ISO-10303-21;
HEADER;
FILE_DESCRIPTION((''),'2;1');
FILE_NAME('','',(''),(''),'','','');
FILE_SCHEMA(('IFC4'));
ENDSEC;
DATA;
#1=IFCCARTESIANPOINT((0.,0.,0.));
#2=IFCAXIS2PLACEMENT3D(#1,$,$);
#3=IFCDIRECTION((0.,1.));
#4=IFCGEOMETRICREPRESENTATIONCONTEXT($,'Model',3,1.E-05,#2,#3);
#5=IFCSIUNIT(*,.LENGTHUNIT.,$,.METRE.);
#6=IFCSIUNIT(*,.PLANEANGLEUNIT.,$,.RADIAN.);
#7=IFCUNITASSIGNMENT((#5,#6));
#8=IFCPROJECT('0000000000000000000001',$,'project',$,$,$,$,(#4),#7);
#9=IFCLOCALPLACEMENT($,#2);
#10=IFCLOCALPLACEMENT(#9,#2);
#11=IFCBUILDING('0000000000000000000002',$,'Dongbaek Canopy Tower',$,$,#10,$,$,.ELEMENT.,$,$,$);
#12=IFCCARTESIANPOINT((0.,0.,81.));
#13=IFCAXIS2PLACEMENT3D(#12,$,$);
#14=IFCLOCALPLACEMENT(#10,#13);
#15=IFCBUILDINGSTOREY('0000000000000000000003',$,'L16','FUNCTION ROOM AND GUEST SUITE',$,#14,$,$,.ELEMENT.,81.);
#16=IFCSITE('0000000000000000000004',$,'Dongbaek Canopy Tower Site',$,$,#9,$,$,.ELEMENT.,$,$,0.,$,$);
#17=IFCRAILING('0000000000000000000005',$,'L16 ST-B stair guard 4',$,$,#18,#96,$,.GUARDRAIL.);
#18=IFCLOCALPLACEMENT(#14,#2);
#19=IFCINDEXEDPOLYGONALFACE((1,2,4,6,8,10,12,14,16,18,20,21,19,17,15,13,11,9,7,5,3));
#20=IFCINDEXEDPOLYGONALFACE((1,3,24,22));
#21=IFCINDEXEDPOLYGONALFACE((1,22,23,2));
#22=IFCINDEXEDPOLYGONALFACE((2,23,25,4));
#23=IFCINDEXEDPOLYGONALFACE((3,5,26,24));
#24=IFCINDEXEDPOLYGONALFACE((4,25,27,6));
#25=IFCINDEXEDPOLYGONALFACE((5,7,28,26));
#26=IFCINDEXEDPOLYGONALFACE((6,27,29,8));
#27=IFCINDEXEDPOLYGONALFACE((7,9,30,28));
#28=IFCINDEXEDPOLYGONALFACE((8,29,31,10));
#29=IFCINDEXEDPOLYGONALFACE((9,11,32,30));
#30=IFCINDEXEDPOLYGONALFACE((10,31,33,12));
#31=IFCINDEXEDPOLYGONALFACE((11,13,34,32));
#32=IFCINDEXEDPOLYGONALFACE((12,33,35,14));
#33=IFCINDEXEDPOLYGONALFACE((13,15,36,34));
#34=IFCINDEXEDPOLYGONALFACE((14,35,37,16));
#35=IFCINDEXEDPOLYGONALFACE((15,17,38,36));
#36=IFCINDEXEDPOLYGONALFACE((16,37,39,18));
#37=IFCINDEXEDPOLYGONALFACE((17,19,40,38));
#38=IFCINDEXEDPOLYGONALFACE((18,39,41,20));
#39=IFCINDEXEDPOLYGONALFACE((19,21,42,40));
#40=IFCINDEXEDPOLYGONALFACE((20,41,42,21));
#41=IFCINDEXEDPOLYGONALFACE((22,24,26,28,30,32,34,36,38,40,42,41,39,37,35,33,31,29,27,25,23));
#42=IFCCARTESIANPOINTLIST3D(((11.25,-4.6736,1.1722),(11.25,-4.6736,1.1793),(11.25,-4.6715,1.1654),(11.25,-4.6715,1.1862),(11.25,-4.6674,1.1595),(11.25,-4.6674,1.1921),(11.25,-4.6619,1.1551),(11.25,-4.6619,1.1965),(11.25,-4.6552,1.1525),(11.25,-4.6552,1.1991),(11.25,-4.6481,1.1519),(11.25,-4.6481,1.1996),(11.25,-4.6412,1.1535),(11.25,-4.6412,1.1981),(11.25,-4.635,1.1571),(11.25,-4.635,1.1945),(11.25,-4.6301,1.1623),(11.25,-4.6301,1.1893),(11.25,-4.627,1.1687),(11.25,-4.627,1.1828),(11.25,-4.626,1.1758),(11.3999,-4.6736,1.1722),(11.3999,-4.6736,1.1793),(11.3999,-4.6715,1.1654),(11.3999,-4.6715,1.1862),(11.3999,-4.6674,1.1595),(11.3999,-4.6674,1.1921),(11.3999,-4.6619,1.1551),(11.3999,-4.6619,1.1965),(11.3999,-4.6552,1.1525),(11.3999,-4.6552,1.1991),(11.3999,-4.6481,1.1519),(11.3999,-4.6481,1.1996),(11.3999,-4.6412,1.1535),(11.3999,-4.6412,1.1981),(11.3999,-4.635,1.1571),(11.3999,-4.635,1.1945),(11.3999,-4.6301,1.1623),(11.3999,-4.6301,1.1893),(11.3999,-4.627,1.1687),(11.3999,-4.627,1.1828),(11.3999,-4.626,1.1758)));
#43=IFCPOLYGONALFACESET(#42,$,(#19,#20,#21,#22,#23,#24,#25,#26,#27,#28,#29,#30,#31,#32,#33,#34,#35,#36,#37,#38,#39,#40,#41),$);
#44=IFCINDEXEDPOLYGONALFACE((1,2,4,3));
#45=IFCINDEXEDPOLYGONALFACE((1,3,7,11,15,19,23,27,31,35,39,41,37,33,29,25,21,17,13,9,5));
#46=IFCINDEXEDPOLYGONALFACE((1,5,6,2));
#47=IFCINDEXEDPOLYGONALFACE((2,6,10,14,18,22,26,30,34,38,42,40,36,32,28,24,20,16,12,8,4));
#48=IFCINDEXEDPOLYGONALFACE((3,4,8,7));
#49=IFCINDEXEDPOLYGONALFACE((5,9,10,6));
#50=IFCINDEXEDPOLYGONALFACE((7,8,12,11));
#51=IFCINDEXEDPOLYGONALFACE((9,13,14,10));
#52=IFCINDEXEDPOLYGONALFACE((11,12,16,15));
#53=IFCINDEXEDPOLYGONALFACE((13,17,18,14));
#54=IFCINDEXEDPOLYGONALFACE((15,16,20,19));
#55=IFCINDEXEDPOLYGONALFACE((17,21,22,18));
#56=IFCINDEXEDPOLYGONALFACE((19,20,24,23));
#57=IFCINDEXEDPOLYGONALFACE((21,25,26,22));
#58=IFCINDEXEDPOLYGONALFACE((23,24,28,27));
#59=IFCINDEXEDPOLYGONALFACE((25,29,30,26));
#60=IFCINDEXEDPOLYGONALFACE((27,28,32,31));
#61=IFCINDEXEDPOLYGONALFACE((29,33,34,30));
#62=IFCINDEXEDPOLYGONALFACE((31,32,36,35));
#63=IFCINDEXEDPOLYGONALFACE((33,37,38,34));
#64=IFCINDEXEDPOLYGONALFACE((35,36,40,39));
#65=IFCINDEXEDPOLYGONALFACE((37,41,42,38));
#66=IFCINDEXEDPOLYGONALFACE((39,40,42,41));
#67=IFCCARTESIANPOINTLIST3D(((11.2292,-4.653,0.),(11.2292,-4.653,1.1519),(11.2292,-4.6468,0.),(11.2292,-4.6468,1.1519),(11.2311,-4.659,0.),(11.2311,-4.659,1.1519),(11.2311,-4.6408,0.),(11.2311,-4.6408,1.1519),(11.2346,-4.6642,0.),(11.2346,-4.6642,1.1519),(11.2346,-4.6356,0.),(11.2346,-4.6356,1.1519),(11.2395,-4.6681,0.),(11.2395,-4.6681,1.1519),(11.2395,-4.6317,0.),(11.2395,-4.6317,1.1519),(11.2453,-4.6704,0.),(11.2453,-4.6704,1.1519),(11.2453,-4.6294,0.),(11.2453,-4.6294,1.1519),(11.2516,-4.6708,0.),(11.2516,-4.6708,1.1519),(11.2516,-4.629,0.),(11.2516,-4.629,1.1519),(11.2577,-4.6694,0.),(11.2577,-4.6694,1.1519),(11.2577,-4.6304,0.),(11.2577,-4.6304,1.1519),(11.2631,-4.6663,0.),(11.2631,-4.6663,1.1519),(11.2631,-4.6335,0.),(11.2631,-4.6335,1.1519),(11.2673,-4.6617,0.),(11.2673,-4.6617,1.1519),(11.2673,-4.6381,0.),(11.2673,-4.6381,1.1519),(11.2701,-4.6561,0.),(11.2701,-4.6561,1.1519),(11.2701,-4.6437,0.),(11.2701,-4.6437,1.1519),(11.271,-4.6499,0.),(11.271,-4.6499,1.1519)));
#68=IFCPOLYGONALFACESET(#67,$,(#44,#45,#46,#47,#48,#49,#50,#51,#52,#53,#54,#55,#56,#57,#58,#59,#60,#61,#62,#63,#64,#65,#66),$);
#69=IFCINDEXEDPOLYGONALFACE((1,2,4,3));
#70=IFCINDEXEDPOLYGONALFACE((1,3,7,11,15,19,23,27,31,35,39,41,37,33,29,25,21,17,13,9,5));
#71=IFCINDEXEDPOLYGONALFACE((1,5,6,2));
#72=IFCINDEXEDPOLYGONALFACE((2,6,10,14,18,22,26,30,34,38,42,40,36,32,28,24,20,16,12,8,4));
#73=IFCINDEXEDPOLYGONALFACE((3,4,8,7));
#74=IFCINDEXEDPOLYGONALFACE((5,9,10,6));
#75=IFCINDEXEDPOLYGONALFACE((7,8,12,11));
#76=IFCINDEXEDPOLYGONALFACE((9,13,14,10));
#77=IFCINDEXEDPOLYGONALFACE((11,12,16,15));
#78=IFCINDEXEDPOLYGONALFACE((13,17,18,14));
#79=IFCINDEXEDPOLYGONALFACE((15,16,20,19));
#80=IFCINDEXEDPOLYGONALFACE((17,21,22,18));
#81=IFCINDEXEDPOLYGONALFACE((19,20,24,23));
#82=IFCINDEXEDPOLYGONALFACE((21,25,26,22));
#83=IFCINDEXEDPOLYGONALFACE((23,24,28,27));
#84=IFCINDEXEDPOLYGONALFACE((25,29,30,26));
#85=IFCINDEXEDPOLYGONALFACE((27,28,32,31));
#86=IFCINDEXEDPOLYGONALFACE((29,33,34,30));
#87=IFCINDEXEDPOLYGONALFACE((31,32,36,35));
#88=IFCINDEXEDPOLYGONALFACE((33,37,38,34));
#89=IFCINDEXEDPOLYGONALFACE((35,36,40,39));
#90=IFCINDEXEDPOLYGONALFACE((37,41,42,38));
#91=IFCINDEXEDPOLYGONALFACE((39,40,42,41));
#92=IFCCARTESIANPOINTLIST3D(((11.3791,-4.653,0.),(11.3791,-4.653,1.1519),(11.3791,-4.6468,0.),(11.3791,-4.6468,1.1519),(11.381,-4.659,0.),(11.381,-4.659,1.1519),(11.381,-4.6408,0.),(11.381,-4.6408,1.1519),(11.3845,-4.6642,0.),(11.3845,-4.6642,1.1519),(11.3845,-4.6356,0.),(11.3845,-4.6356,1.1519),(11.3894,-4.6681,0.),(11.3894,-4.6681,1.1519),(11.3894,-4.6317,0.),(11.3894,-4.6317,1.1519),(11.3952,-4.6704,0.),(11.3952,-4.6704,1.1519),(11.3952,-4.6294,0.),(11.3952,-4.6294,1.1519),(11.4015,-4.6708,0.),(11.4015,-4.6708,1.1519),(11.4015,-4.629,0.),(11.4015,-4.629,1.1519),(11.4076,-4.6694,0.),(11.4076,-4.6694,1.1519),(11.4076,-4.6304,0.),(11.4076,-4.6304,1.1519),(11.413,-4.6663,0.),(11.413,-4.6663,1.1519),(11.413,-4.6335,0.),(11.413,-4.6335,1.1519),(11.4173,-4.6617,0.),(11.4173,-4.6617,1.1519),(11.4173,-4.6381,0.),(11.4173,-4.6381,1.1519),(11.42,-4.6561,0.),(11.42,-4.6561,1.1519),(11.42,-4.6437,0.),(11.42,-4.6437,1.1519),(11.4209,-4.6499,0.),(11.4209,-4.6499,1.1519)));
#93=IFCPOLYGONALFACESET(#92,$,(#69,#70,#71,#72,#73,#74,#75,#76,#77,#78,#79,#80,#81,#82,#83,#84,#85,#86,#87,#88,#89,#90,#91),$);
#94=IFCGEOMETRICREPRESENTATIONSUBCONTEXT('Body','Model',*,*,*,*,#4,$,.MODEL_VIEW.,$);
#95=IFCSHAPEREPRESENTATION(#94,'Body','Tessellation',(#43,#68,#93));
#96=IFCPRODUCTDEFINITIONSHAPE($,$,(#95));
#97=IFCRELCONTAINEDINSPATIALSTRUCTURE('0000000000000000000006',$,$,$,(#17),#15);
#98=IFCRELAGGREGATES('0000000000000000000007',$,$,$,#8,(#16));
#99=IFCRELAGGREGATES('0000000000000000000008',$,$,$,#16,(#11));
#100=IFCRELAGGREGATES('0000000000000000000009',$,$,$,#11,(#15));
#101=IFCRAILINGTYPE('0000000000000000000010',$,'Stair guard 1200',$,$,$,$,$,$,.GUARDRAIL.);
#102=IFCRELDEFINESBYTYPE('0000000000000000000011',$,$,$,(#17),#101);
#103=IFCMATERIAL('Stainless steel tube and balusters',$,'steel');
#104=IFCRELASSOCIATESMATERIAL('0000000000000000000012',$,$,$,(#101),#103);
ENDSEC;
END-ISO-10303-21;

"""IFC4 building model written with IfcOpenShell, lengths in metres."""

from ifc_helpers import new_model, si_unit, direction, frame, origin, origin_2d, place, context, subcontext, project, spatial, circle, extrude, material, type_object, element, save


model = new_model("IFC4")

# Units and contexts
model_context = context("Model", 3, precision=1e-05, world=origin(), true_north=direction((0.0, 1.0)))
body_context = subcontext(model_context, "Body", "Model", "MODEL_VIEW")
ifc_project = project(units=[si_unit("LENGTHUNIT", "METRE"), si_unit("PLANEANGLEUNIT", "RADIAN")], contexts=[model_context])

# Site, building, storey
site_placement = place(None, origin())
site = spatial("IfcSite", under=ifc_project, at=site_placement, Name="Dongbaek Canopy Tower Site", CompositionType="ELEMENT", RefElevation=0.0)
building_placement = place(site_placement, origin())
building = spatial("IfcBuilding", under=site, at=building_placement, Name="Dongbaek Canopy Tower", CompositionType="ELEMENT")
storey_placement = place(building_placement, frame((0.0, 0.0, 81.0)))
storey = spatial("IfcBuildingStorey", under=building, at=storey_placement, Name="L16", Description="FUNCTION ROOM AND GUEST SUITE", CompositionType="ELEMENT", Elevation=81.0)

# Railing
ifc_material_1 = material(Name="Stainless steel tube and balusters", Category="steel")
railing_type_1 = type_object("IfcRailingType", Name="Stair guard 1200", PredefinedType="GUARDRAIL", material=ifc_material_1)
railing_1_placement = place(storey_placement, frame((11.25, -4.6499, 0.0)))
element("IfcRailing", 1, at=railing_1_placement, inside=storey, type_object=railing_type_1, Name="L16 ST-B stair guard 4", PredefinedType="GUARDRAIL", context=body_context, shape_type="SweptSolid", body=[
    extrude(circle(Radius=0.0239, at=origin_2d()), frame((0.0, 0.0, 1.1758), z_axis=(1.0, 0.0, 0.0), x_axis=(0.0, 1.0, 0.0)), (0.0, 0.0, 1.0), 0.1499),
    extrude(circle(Radius=0.021, at=origin_2d()), origin(), (0.0, 0.0, 1.0), 1.1519),
    extrude(circle(Radius=0.021, at=origin_2d()), frame((0.1499, 0.0, 0.0)), (0.0, 0.0, 1.0), 1.1519),
])

save(model, "model.ifc")
